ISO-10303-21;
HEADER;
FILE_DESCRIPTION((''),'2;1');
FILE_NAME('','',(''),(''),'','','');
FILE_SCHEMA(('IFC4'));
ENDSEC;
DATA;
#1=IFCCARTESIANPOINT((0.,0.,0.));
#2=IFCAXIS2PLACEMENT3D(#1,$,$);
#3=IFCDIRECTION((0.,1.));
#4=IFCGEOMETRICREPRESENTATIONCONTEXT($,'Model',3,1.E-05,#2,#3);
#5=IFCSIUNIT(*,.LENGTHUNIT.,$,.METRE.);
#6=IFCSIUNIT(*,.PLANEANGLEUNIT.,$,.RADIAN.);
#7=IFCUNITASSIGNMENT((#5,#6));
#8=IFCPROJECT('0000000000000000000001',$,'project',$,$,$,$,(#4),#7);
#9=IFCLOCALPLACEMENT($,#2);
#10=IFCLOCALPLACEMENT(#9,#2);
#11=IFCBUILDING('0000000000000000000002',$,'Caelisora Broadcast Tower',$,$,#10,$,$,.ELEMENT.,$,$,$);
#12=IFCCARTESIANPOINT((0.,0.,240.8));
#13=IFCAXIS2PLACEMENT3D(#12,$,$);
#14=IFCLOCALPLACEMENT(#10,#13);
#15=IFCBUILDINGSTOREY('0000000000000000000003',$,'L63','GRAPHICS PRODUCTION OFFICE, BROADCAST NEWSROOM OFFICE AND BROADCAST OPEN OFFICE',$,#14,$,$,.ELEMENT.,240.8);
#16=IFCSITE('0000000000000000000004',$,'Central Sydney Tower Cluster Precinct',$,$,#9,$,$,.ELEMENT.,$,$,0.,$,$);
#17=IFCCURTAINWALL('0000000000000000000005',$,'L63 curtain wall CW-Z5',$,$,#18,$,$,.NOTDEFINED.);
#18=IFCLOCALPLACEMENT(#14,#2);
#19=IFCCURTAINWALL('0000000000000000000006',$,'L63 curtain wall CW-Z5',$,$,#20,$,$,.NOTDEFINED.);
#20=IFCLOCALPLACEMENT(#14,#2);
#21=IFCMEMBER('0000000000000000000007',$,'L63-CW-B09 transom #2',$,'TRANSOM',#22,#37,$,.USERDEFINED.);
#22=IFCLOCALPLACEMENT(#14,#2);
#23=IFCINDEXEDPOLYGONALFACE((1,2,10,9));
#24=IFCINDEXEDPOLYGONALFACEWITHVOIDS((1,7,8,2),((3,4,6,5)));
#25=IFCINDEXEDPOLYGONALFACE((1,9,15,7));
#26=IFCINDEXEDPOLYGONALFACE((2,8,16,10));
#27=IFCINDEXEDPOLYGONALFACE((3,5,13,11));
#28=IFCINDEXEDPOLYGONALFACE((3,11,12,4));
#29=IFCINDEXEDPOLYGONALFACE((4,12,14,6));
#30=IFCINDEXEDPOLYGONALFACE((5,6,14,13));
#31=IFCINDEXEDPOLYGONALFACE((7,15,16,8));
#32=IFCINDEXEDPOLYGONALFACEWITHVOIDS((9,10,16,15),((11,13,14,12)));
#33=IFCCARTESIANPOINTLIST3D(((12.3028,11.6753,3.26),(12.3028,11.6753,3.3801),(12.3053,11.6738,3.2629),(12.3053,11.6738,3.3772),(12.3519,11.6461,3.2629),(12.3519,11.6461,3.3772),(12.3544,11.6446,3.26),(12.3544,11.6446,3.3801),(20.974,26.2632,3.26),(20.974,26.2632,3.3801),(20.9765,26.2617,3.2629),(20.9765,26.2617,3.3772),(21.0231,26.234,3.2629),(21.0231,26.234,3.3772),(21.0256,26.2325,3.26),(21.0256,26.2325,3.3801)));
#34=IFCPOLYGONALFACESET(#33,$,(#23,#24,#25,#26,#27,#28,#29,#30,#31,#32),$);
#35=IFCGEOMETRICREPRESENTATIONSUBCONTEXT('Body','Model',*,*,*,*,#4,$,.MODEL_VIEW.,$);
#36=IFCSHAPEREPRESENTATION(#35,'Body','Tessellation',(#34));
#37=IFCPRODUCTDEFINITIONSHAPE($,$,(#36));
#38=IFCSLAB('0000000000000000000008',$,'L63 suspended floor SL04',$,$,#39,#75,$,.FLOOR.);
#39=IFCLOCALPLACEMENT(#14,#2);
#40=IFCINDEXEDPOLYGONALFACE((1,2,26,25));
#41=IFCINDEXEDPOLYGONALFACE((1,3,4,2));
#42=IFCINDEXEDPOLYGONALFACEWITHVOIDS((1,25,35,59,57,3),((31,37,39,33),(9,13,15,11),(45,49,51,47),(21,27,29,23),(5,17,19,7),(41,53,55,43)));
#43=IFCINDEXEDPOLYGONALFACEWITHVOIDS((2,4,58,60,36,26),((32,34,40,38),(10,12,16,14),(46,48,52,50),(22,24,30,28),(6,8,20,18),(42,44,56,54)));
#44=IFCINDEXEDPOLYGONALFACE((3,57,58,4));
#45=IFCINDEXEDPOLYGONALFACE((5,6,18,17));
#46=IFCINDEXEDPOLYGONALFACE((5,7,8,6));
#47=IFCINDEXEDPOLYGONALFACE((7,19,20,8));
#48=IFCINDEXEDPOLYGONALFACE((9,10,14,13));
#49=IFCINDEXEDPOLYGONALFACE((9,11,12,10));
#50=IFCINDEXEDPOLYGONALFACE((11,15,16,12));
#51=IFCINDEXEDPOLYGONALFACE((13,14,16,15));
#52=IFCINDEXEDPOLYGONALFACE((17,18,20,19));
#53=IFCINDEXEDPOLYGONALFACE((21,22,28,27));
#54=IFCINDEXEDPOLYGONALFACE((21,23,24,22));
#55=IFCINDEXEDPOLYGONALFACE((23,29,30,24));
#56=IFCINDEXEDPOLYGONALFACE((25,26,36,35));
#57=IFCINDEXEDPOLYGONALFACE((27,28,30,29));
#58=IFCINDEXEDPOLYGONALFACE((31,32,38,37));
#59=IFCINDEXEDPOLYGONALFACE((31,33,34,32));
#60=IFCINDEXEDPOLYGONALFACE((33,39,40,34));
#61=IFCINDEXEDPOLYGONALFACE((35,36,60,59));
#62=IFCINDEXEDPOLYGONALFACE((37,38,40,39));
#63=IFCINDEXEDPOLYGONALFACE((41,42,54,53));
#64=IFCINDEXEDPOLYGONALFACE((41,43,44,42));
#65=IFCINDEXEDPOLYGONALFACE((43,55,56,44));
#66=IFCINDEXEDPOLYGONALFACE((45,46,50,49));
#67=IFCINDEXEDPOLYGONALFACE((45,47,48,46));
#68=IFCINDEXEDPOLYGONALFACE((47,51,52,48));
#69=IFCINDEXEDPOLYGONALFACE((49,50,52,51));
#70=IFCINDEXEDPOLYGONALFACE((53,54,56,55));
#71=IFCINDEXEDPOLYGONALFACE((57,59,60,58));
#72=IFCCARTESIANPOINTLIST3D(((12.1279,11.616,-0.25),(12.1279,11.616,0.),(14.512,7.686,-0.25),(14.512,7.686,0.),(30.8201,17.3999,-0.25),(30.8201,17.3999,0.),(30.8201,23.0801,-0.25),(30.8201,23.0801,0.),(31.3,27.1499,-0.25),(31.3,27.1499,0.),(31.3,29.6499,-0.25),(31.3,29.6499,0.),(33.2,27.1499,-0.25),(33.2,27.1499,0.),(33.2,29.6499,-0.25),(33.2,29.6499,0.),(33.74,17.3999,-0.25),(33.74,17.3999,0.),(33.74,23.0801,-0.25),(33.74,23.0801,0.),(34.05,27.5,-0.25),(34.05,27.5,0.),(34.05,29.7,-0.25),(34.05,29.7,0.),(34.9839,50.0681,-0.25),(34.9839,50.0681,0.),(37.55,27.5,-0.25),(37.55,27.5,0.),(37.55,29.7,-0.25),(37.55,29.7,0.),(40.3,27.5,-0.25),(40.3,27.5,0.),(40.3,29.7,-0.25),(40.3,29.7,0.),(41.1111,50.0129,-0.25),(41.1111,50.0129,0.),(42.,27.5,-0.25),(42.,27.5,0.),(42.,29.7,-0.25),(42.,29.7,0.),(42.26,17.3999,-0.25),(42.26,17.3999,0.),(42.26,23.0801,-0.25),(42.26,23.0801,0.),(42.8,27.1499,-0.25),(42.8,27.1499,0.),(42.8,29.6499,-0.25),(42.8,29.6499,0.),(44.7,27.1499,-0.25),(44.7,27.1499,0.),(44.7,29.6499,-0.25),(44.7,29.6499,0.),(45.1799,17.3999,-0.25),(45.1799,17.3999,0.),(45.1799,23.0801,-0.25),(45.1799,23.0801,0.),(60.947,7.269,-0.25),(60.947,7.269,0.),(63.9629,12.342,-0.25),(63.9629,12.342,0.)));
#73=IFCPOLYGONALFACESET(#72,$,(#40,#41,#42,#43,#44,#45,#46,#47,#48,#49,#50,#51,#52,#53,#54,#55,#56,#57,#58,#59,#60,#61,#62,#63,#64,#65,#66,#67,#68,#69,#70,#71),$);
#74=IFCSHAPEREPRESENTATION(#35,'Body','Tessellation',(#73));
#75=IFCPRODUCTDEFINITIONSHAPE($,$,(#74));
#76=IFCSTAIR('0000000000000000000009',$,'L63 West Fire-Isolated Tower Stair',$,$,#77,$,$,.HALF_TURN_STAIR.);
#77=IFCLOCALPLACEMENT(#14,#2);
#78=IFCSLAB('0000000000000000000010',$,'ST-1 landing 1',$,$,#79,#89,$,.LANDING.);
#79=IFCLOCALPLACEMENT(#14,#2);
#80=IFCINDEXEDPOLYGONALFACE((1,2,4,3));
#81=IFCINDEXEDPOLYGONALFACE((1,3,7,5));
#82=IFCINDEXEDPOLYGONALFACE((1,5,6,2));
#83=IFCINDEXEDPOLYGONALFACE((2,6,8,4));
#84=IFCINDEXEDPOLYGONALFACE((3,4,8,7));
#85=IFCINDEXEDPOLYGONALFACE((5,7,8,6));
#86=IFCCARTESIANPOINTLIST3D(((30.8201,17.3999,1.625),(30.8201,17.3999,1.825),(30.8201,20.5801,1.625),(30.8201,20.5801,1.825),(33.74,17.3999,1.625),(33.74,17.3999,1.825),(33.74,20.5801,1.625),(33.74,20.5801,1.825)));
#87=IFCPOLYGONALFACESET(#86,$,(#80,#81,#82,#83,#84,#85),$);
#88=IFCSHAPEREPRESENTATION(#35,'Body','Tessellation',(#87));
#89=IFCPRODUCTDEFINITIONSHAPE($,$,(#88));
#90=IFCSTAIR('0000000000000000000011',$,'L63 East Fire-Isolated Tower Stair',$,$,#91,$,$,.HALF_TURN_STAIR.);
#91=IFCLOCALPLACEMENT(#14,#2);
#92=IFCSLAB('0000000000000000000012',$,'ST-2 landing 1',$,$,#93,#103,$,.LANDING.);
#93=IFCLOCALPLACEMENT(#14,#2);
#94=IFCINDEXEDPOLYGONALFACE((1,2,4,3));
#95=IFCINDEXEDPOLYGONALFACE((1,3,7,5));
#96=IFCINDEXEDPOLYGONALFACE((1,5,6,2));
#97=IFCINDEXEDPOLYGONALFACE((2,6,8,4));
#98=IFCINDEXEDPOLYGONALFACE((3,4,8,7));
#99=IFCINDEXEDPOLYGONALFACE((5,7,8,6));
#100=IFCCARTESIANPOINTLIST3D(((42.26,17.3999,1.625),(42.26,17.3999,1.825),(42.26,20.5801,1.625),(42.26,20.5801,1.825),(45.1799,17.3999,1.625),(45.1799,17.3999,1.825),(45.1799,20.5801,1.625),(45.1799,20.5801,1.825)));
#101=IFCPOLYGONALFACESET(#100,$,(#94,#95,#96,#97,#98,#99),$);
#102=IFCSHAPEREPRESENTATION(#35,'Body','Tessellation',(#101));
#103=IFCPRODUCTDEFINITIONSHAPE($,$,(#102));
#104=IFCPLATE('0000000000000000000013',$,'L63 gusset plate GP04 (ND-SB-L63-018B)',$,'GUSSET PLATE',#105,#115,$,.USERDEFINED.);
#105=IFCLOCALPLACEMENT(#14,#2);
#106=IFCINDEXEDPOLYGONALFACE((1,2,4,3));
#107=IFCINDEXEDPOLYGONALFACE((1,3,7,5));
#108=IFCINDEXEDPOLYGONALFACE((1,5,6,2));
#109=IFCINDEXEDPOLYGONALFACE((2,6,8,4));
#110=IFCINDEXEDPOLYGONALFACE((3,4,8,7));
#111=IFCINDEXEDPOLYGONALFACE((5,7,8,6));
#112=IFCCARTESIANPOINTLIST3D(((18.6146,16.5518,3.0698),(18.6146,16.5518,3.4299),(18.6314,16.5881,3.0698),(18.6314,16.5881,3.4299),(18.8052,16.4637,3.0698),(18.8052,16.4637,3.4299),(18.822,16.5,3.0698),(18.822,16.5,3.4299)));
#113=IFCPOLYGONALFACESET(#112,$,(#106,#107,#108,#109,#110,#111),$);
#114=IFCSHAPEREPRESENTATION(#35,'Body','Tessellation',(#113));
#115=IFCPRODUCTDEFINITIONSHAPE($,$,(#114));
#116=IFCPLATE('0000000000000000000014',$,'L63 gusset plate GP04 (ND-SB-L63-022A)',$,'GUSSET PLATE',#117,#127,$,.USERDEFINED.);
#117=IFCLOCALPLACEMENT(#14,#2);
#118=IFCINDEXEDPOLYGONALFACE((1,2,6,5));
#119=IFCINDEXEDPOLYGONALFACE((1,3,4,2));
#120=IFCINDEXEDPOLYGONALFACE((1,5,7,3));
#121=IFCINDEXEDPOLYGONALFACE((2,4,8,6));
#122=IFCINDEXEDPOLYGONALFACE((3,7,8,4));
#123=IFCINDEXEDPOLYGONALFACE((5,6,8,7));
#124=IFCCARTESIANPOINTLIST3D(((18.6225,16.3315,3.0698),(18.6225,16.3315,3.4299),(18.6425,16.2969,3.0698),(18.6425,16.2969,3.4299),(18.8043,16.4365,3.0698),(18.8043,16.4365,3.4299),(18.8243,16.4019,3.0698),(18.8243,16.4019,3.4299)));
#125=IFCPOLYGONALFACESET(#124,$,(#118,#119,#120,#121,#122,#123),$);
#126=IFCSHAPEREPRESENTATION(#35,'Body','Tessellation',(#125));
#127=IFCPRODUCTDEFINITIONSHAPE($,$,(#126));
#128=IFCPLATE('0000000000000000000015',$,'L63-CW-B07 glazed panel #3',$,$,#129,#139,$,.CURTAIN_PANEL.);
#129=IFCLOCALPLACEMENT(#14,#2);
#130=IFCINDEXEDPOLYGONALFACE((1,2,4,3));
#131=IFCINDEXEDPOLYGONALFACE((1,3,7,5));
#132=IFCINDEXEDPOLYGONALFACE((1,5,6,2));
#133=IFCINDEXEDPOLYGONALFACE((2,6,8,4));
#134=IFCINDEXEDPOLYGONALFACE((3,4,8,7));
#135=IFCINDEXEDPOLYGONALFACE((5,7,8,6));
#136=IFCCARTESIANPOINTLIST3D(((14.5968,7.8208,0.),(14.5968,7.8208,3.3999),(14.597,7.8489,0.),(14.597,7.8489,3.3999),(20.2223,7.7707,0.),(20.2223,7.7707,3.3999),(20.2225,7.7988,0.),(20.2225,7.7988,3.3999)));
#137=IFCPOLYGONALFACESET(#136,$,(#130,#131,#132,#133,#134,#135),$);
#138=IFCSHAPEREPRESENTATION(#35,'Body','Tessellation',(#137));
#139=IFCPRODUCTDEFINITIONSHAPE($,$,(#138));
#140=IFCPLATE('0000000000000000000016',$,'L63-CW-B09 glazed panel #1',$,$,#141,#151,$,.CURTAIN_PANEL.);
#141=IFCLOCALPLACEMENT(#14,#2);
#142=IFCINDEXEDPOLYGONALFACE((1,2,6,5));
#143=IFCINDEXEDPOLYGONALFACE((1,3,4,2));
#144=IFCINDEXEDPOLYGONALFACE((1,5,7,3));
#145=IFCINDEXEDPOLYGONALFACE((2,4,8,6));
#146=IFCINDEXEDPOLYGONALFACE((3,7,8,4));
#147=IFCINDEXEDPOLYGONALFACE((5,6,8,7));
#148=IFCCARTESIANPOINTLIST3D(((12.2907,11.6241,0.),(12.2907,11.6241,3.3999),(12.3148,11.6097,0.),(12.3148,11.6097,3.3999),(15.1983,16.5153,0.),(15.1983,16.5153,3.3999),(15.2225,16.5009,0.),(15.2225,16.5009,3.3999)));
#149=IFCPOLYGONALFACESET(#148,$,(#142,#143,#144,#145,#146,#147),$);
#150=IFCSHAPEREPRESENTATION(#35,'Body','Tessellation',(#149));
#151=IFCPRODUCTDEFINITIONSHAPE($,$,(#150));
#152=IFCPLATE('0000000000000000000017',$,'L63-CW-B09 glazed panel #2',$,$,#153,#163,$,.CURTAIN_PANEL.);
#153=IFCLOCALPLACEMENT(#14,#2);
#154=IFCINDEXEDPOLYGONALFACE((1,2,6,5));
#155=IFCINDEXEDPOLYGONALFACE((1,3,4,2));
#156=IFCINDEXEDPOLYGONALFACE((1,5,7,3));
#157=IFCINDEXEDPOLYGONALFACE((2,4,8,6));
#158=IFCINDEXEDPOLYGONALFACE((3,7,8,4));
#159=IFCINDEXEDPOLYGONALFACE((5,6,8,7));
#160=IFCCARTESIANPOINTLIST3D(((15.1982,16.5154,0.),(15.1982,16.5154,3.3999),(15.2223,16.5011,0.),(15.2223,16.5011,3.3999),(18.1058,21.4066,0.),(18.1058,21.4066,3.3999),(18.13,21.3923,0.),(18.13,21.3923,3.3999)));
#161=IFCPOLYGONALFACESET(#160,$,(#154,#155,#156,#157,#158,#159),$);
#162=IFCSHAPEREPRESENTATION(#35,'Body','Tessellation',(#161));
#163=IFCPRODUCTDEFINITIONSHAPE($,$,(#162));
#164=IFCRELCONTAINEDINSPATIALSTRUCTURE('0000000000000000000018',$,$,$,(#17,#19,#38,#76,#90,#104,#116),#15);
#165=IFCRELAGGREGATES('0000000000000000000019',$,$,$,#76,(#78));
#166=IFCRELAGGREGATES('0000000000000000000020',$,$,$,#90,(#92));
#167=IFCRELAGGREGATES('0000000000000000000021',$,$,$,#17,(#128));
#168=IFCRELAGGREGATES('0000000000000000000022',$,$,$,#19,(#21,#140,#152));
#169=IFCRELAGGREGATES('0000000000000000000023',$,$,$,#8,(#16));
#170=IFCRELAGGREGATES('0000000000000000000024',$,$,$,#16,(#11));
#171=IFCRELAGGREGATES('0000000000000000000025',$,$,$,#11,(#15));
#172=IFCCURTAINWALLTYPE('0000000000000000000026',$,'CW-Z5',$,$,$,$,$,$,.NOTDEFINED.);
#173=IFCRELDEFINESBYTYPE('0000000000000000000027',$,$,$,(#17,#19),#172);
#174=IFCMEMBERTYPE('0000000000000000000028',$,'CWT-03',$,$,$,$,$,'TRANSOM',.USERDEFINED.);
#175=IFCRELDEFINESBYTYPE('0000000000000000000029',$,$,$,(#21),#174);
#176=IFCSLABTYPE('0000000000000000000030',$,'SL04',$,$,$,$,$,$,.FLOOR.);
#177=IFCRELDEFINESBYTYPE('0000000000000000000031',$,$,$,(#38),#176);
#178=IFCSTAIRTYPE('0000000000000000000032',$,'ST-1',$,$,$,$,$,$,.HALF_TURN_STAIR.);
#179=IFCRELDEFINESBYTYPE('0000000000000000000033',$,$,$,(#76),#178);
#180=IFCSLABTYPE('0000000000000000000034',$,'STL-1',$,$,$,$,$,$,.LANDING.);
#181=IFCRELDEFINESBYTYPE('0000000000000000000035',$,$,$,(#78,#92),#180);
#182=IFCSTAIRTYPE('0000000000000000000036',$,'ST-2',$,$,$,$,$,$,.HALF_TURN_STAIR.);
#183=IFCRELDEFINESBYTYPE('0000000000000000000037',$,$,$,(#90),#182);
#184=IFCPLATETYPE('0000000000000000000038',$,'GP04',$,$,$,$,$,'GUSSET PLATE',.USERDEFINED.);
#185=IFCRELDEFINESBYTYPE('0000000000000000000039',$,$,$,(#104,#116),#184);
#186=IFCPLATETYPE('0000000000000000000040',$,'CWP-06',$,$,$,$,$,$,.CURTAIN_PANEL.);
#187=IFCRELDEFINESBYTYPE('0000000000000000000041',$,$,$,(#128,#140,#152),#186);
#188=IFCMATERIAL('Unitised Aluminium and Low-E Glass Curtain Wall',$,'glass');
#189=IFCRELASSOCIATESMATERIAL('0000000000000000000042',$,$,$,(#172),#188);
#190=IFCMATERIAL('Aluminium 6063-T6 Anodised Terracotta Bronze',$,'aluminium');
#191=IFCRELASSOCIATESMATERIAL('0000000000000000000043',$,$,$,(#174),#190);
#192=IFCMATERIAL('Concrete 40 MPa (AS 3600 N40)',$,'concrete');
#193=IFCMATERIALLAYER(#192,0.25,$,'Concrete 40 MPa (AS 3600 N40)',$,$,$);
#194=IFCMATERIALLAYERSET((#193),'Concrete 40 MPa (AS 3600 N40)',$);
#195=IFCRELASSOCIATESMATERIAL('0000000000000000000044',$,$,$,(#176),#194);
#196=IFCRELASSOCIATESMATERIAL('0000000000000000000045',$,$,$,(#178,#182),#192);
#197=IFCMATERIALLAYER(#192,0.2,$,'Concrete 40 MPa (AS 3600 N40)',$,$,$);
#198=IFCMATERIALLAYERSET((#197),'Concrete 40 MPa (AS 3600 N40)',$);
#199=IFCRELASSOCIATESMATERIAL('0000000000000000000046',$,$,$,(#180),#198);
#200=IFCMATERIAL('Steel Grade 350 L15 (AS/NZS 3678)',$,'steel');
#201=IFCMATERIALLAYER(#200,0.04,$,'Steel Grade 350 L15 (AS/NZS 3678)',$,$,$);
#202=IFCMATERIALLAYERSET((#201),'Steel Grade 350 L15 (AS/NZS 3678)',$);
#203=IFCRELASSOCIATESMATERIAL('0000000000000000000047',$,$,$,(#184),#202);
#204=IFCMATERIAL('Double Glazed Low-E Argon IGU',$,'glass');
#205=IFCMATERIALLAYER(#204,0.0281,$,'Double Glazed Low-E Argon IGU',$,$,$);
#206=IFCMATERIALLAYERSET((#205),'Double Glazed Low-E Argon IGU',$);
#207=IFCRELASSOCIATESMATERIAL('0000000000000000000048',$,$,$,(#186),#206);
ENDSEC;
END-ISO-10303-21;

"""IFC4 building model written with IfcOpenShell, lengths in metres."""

from ifc_helpers import new_model, si_unit, direction, frame, origin, origin_2d, place, context, subcontext, project, spatial, polyline, rectangle, hollow_rectangle, outline, extrude, source, transform, mapped, material, layer, layer_set, material_profile, profile_set, type_object, type_shapes, element, aggregate, save


model = new_model("IFC4")

# Units and contexts
model_context = context("Model", 3, precision=1e-05, world=origin(), true_north=direction((0.0, 1.0)))
body_context = subcontext(model_context, "Body", "Model", "MODEL_VIEW")
ifc_project = project(units=[si_unit("LENGTHUNIT", "METRE"), si_unit("PLANEANGLEUNIT", "RADIAN")], contexts=[model_context])

# Site, building, storey
site_placement = place(None, origin())
site = spatial("IfcSite", under=ifc_project, at=site_placement, Name="Central Sydney Tower Cluster Precinct", CompositionType="ELEMENT", RefElevation=0.0)
building_placement = place(site_placement, origin())
building = spatial("IfcBuilding", under=site, at=building_placement, Name="Caelisora Broadcast Tower", CompositionType="ELEMENT")
storey_placement = place(building_placement, frame((0.0, 0.0, 240.8)))
storey = spatial("IfcBuildingStorey", under=building, at=storey_placement, Name="L63", Description="GRAPHICS PRODUCTION OFFICE, BROADCAST NEWSROOM OFFICE AND BROADCAST OPEN OFFICE", CompositionType="ELEMENT", Elevation=240.8)

# Shared definitions
ifc_material_1 = material(Name="Steel Grade 350 L15 (AS/NZS 3678)", Category="steel")

# Curtain walls, member
ifc_material_2 = material(Name="Unitised Aluminium and Low-E Glass Curtain Wall", Category="glass")
curtain_wall_type = type_object("IfcCurtainWallType", Name="CW-Z5", PredefinedType="NOTDEFINED", material=ifc_material_2)
curtain_wall_1_placement = place(storey_placement, origin())
curtain_wall_1 = element("IfcCurtainWall", 1, at=curtain_wall_1_placement, inside=storey, type_object=curtain_wall_type, Name="L63 curtain wall CW-Z5", PredefinedType="NOTDEFINED")
ifc_material_3 = material(Name="Aluminium 6063-T6 Anodised Terracotta Bronze", Category="aluminium")
curtain_wall_2_placement = place(storey_placement, origin())
curtain_wall_2 = element("IfcCurtainWall", 2, at=curtain_wall_2_placement, inside=storey, type_object=curtain_wall_type, Name="L63 curtain wall CW-Z5", PredefinedType="NOTDEFINED")
ifc_material_profile_1 = material_profile(ifc_material_3, hollow_rectangle(XDim=0.0601, YDim=0.1201, WallThickness=0.0029, at=origin_2d()), Name="Aluminium 6063-T6 Anodised Terracotta Bronze")
ifc_profile_set_1 = profile_set([ifc_material_profile_1], Name="Aluminium 6063-T6 Anodised Terracotta Bronze")
member_type_1 = type_object("IfcMemberType", Name="CWT-03", ElementType="TRANSOM", PredefinedType="USERDEFINED", material=ifc_profile_set_1)
shared_shape_1 = source(origin(), body_context, "Body", "SweptSolid", [
    extrude(hollow_rectangle(XDim=0.0601, YDim=0.1201, WallThickness=0.0029, at=origin_2d()), origin(), (0.0, 0.0, 1.0), 16.9705),
])
type_shapes(member_type_1, [shared_shape_1])
member_1_placement = place(storey_placement, frame((12.3286, 11.6599, 3.3201), z_axis=(0.510956, 0.859607, 0.0), x_axis=(-0.859607, 0.510956, 0.0)))
member_1 = element("IfcMember", 3, at=member_1_placement, type_object=member_type_1, Name="L63-CW-B09 transom #2", ObjectType="TRANSOM", PredefinedType="USERDEFINED", context=body_context, shape_type="MappedRepresentation", body=[
    mapped(shared_shape_1, transform((0.0, 0.0, 0.0), scale=1.0)),
])

# Slab
ifc_material_4 = material(Name="Concrete 40 MPa (AS 3600 N40)", Category="concrete")
ifc_layer_1 = layer(ifc_material_4, 0.25, Name="Concrete 40 MPa (AS 3600 N40)")
ifc_layer_set_1 = layer_set([ifc_layer_1], Name="Concrete 40 MPa (AS 3600 N40)")
slab_type_1 = type_object("IfcSlabType", Name="SL04", PredefinedType="FLOOR", material=ifc_layer_set_1)
slab_1_placement = place(storey_placement, frame((0.0, 0.0, -0.25)))
element("IfcSlab", 4, at=slab_1_placement, inside=storey, type_object=slab_type_1, Name="L63 suspended floor SL04", PredefinedType="FLOOR", context=body_context, shape_type="SweptSolid", body=[
    extrude(outline(polyline([(41.1111, 50.0129), (34.9839, 50.0681), (12.1279, 11.616), (14.512, 7.686), (60.947, 7.269), (63.9629, 12.342), (41.1111, 50.0129)]), holes=[polyline([(30.8201, 17.3999), (33.74, 17.3999), (33.74, 23.0801), (30.8201, 23.0801), (30.8201, 17.3999)]), polyline([(42.26, 17.3999), (45.1799, 17.3999), (45.1799, 23.0801), (42.26, 23.0801), (42.26, 17.3999)]), polyline([(42.8, 27.1499), (44.7, 27.1499), (44.7, 29.6499), (42.8, 29.6499), (42.8, 27.1499)]), polyline([(40.3, 27.5), (42.0, 27.5), (42.0, 29.7), (40.3, 29.7), (40.3, 27.5)]), polyline([(34.05, 27.5), (37.55, 27.5), (37.55, 29.7), (34.05, 29.7), (34.05, 27.5)]), polyline([(31.3, 27.1499), (33.2, 27.1499), (33.2, 29.6499), (31.3, 29.6499), (31.3, 27.1499)])]), origin(), (0.0, 0.0, 1.0), 0.25),
])

# Stairs, slabs
stair_type_1 = type_object("IfcStairType", Name="ST-1", PredefinedType="HALF_TURN_STAIR", material=ifc_material_4)
stair_1_placement = place(storey_placement, origin())
stair_1 = element("IfcStair", 5, at=stair_1_placement, inside=storey, type_object=stair_type_1, Name="L63 West Fire-Isolated Tower Stair", PredefinedType="HALF_TURN_STAIR")
ifc_layer_2 = layer(ifc_material_4, 0.2, Name="Concrete 40 MPa (AS 3600 N40)")
ifc_layer_set_2 = layer_set([ifc_layer_2], Name="Concrete 40 MPa (AS 3600 N40)")
slab_type_2 = type_object("IfcSlabType", Name="STL-1", PredefinedType="LANDING", material=ifc_layer_set_2)
slab_2_placement = place(storey_placement, frame((0.0, 0.0, 1.625)))
slab_2 = element("IfcSlab", 6, at=slab_2_placement, type_object=slab_type_2, Name="ST-1 landing 1", PredefinedType="LANDING", context=body_context, shape_type="SweptSolid", body=[
    extrude(outline(polyline([(30.8201, 20.5801), (30.8201, 17.3999), (33.74, 17.3999), (33.74, 20.5801), (30.8201, 20.5801)])), origin(), (0.0, 0.0, 1.0), 0.2),
])
aggregate(stair_1, [slab_2])
stair_type_2 = type_object("IfcStairType", Name="ST-2", PredefinedType="HALF_TURN_STAIR", material=ifc_material_4)
stair_2_placement = place(storey_placement, origin())
stair_2 = element("IfcStair", 7, at=stair_2_placement, inside=storey, type_object=stair_type_2, Name="L63 East Fire-Isolated Tower Stair", PredefinedType="HALF_TURN_STAIR")
slab_3_placement = place(storey_placement, frame((0.0, 0.0, 1.625)))
slab_3 = element("IfcSlab", 8, at=slab_3_placement, type_object=slab_type_2, Name="ST-2 landing 1", PredefinedType="LANDING", context=body_context, shape_type="SweptSolid", body=[
    extrude(outline(polyline([(42.26, 20.5801), (42.26, 17.3999), (45.1799, 17.3999), (45.1799, 20.5801), (42.26, 20.5801)])), origin(), (0.0, 0.0, 1.0), 0.2),
])
aggregate(stair_2, [slab_3])

# Plates
ifc_layer_3 = layer(ifc_material_1, 0.04, Name="Steel Grade 350 L15 (AS/NZS 3678)")
ifc_layer_set_3 = layer_set([ifc_layer_3], Name="Steel Grade 350 L15 (AS/NZS 3678)")
plate_type_1 = type_object("IfcPlateType", Name="GP04", ElementType="GUSSET PLATE", PredefinedType="USERDEFINED", material=ifc_layer_set_3)
shared_shape_2 = source(origin(), body_context, "Body", "SweptSolid", [
    extrude(rectangle(XDim=0.21, YDim=0.04, at=origin_2d()), origin(), (0.0, 0.0, 1.0), 0.3601),
])
type_shapes(plate_type_1, [shared_shape_2])
for number, where, z_axis, x_axis, name in (
    (9, (18.7183, 16.5259, 3.0698), (0.0, 0.0, 1.0), (0.907704, -0.419611, 0.0), "L63 gusset plate GP04 (ND-SB-L63-018B)"),
    (10, (18.7234, 16.3667, 3.0698), (0.0, 0.0, 1.0), (0.866025, 0.5, 0.0), "L63 gusset plate GP04 (ND-SB-L63-022A)"),
):
    element("IfcPlate", number, at=place(storey_placement, frame(where, z_axis=z_axis, x_axis=x_axis)), inside=storey, type_object=plate_type_1, Name=name, ObjectType="GUSSET PLATE", PredefinedType="USERDEFINED", context=body_context, shape_type="MappedRepresentation", body=[
        mapped(shared_shape_2, transform((0.0, 0.0, 0.0), scale=1.0)),
    ])

# Plates
ifc_material_5 = material(Name="Double Glazed Low-E Argon IGU", Category="glass")
ifc_layer_4 = layer(ifc_material_5, 0.0281, Name="Double Glazed Low-E Argon IGU")
ifc_layer_set_4 = layer_set([ifc_layer_4], Name="Double Glazed Low-E Argon IGU")
plate_type_2 = type_object("IfcPlateType", Name="CWP-06", PredefinedType="CURTAIN_PANEL", material=ifc_layer_set_4)
shared_shape_3 = source(origin(), body_context, "Body", "SweptSolid", [
    extrude(rectangle(XDim=5.6257, YDim=0.0281, at=origin_2d()), origin(), (0.0, 0.0, 1.0), 3.3999),
])
plate_1_placement = place(storey_placement, frame((17.4097, 7.8098, 0.0), z_axis=(0.0, 0.0, 1.0), x_axis=(-0.99996, 0.008901, 0.0)))
plate_1 = element("IfcPlate", 11, at=plate_1_placement, type_object=plate_type_2, Name="L63-CW-B07 glazed panel #3", PredefinedType="CURTAIN_PANEL", context=body_context, shape_type="MappedRepresentation", body=[
    mapped(shared_shape_3, transform((0.0, 0.0, 0.0), scale=1.0)),
])
aggregate(curtain_wall_1, [plate_1])
shared_shape_4 = source(origin(), body_context, "Body", "SweptSolid", [
    extrude(rectangle(XDim=5.6902, YDim=0.0281, at=origin_2d()), origin(), (0.0, 0.0, 1.0), 3.3999),
])
type_shapes(plate_type_2, [shared_shape_3, shared_shape_4])
plate_2_placement = place(storey_placement, frame((13.7566, 14.0625, 0.0), z_axis=(0.0, 0.0, 1.0), x_axis=(0.510993, 0.859585, 0.0)))
plate_2 = element("IfcPlate", 12, at=plate_2_placement, type_object=plate_type_2, Name="L63-CW-B09 glazed panel #1", PredefinedType="CURTAIN_PANEL", context=body_context, shape_type="MappedRepresentation", body=[
    mapped(shared_shape_4, transform((0.0, 0.0, 0.0), scale=1.0)),
])
plate_3_placement = place(storey_placement, frame((16.6641, 18.9539, 0.0), z_axis=(0.0, 0.0, 1.0), x_axis=(0.510993, 0.859585, 0.0)))
plate_3 = element("IfcPlate", 13, at=plate_3_placement, type_object=plate_type_2, Name="L63-CW-B09 glazed panel #2", PredefinedType="CURTAIN_PANEL", context=body_context, shape_type="MappedRepresentation", body=[
    mapped(shared_shape_4, transform((0.0, 0.0, 0.0), scale=1.0)),
])
aggregate(curtain_wall_2, [member_1, plate_2, plate_3])

save(model, "model.ifc")
